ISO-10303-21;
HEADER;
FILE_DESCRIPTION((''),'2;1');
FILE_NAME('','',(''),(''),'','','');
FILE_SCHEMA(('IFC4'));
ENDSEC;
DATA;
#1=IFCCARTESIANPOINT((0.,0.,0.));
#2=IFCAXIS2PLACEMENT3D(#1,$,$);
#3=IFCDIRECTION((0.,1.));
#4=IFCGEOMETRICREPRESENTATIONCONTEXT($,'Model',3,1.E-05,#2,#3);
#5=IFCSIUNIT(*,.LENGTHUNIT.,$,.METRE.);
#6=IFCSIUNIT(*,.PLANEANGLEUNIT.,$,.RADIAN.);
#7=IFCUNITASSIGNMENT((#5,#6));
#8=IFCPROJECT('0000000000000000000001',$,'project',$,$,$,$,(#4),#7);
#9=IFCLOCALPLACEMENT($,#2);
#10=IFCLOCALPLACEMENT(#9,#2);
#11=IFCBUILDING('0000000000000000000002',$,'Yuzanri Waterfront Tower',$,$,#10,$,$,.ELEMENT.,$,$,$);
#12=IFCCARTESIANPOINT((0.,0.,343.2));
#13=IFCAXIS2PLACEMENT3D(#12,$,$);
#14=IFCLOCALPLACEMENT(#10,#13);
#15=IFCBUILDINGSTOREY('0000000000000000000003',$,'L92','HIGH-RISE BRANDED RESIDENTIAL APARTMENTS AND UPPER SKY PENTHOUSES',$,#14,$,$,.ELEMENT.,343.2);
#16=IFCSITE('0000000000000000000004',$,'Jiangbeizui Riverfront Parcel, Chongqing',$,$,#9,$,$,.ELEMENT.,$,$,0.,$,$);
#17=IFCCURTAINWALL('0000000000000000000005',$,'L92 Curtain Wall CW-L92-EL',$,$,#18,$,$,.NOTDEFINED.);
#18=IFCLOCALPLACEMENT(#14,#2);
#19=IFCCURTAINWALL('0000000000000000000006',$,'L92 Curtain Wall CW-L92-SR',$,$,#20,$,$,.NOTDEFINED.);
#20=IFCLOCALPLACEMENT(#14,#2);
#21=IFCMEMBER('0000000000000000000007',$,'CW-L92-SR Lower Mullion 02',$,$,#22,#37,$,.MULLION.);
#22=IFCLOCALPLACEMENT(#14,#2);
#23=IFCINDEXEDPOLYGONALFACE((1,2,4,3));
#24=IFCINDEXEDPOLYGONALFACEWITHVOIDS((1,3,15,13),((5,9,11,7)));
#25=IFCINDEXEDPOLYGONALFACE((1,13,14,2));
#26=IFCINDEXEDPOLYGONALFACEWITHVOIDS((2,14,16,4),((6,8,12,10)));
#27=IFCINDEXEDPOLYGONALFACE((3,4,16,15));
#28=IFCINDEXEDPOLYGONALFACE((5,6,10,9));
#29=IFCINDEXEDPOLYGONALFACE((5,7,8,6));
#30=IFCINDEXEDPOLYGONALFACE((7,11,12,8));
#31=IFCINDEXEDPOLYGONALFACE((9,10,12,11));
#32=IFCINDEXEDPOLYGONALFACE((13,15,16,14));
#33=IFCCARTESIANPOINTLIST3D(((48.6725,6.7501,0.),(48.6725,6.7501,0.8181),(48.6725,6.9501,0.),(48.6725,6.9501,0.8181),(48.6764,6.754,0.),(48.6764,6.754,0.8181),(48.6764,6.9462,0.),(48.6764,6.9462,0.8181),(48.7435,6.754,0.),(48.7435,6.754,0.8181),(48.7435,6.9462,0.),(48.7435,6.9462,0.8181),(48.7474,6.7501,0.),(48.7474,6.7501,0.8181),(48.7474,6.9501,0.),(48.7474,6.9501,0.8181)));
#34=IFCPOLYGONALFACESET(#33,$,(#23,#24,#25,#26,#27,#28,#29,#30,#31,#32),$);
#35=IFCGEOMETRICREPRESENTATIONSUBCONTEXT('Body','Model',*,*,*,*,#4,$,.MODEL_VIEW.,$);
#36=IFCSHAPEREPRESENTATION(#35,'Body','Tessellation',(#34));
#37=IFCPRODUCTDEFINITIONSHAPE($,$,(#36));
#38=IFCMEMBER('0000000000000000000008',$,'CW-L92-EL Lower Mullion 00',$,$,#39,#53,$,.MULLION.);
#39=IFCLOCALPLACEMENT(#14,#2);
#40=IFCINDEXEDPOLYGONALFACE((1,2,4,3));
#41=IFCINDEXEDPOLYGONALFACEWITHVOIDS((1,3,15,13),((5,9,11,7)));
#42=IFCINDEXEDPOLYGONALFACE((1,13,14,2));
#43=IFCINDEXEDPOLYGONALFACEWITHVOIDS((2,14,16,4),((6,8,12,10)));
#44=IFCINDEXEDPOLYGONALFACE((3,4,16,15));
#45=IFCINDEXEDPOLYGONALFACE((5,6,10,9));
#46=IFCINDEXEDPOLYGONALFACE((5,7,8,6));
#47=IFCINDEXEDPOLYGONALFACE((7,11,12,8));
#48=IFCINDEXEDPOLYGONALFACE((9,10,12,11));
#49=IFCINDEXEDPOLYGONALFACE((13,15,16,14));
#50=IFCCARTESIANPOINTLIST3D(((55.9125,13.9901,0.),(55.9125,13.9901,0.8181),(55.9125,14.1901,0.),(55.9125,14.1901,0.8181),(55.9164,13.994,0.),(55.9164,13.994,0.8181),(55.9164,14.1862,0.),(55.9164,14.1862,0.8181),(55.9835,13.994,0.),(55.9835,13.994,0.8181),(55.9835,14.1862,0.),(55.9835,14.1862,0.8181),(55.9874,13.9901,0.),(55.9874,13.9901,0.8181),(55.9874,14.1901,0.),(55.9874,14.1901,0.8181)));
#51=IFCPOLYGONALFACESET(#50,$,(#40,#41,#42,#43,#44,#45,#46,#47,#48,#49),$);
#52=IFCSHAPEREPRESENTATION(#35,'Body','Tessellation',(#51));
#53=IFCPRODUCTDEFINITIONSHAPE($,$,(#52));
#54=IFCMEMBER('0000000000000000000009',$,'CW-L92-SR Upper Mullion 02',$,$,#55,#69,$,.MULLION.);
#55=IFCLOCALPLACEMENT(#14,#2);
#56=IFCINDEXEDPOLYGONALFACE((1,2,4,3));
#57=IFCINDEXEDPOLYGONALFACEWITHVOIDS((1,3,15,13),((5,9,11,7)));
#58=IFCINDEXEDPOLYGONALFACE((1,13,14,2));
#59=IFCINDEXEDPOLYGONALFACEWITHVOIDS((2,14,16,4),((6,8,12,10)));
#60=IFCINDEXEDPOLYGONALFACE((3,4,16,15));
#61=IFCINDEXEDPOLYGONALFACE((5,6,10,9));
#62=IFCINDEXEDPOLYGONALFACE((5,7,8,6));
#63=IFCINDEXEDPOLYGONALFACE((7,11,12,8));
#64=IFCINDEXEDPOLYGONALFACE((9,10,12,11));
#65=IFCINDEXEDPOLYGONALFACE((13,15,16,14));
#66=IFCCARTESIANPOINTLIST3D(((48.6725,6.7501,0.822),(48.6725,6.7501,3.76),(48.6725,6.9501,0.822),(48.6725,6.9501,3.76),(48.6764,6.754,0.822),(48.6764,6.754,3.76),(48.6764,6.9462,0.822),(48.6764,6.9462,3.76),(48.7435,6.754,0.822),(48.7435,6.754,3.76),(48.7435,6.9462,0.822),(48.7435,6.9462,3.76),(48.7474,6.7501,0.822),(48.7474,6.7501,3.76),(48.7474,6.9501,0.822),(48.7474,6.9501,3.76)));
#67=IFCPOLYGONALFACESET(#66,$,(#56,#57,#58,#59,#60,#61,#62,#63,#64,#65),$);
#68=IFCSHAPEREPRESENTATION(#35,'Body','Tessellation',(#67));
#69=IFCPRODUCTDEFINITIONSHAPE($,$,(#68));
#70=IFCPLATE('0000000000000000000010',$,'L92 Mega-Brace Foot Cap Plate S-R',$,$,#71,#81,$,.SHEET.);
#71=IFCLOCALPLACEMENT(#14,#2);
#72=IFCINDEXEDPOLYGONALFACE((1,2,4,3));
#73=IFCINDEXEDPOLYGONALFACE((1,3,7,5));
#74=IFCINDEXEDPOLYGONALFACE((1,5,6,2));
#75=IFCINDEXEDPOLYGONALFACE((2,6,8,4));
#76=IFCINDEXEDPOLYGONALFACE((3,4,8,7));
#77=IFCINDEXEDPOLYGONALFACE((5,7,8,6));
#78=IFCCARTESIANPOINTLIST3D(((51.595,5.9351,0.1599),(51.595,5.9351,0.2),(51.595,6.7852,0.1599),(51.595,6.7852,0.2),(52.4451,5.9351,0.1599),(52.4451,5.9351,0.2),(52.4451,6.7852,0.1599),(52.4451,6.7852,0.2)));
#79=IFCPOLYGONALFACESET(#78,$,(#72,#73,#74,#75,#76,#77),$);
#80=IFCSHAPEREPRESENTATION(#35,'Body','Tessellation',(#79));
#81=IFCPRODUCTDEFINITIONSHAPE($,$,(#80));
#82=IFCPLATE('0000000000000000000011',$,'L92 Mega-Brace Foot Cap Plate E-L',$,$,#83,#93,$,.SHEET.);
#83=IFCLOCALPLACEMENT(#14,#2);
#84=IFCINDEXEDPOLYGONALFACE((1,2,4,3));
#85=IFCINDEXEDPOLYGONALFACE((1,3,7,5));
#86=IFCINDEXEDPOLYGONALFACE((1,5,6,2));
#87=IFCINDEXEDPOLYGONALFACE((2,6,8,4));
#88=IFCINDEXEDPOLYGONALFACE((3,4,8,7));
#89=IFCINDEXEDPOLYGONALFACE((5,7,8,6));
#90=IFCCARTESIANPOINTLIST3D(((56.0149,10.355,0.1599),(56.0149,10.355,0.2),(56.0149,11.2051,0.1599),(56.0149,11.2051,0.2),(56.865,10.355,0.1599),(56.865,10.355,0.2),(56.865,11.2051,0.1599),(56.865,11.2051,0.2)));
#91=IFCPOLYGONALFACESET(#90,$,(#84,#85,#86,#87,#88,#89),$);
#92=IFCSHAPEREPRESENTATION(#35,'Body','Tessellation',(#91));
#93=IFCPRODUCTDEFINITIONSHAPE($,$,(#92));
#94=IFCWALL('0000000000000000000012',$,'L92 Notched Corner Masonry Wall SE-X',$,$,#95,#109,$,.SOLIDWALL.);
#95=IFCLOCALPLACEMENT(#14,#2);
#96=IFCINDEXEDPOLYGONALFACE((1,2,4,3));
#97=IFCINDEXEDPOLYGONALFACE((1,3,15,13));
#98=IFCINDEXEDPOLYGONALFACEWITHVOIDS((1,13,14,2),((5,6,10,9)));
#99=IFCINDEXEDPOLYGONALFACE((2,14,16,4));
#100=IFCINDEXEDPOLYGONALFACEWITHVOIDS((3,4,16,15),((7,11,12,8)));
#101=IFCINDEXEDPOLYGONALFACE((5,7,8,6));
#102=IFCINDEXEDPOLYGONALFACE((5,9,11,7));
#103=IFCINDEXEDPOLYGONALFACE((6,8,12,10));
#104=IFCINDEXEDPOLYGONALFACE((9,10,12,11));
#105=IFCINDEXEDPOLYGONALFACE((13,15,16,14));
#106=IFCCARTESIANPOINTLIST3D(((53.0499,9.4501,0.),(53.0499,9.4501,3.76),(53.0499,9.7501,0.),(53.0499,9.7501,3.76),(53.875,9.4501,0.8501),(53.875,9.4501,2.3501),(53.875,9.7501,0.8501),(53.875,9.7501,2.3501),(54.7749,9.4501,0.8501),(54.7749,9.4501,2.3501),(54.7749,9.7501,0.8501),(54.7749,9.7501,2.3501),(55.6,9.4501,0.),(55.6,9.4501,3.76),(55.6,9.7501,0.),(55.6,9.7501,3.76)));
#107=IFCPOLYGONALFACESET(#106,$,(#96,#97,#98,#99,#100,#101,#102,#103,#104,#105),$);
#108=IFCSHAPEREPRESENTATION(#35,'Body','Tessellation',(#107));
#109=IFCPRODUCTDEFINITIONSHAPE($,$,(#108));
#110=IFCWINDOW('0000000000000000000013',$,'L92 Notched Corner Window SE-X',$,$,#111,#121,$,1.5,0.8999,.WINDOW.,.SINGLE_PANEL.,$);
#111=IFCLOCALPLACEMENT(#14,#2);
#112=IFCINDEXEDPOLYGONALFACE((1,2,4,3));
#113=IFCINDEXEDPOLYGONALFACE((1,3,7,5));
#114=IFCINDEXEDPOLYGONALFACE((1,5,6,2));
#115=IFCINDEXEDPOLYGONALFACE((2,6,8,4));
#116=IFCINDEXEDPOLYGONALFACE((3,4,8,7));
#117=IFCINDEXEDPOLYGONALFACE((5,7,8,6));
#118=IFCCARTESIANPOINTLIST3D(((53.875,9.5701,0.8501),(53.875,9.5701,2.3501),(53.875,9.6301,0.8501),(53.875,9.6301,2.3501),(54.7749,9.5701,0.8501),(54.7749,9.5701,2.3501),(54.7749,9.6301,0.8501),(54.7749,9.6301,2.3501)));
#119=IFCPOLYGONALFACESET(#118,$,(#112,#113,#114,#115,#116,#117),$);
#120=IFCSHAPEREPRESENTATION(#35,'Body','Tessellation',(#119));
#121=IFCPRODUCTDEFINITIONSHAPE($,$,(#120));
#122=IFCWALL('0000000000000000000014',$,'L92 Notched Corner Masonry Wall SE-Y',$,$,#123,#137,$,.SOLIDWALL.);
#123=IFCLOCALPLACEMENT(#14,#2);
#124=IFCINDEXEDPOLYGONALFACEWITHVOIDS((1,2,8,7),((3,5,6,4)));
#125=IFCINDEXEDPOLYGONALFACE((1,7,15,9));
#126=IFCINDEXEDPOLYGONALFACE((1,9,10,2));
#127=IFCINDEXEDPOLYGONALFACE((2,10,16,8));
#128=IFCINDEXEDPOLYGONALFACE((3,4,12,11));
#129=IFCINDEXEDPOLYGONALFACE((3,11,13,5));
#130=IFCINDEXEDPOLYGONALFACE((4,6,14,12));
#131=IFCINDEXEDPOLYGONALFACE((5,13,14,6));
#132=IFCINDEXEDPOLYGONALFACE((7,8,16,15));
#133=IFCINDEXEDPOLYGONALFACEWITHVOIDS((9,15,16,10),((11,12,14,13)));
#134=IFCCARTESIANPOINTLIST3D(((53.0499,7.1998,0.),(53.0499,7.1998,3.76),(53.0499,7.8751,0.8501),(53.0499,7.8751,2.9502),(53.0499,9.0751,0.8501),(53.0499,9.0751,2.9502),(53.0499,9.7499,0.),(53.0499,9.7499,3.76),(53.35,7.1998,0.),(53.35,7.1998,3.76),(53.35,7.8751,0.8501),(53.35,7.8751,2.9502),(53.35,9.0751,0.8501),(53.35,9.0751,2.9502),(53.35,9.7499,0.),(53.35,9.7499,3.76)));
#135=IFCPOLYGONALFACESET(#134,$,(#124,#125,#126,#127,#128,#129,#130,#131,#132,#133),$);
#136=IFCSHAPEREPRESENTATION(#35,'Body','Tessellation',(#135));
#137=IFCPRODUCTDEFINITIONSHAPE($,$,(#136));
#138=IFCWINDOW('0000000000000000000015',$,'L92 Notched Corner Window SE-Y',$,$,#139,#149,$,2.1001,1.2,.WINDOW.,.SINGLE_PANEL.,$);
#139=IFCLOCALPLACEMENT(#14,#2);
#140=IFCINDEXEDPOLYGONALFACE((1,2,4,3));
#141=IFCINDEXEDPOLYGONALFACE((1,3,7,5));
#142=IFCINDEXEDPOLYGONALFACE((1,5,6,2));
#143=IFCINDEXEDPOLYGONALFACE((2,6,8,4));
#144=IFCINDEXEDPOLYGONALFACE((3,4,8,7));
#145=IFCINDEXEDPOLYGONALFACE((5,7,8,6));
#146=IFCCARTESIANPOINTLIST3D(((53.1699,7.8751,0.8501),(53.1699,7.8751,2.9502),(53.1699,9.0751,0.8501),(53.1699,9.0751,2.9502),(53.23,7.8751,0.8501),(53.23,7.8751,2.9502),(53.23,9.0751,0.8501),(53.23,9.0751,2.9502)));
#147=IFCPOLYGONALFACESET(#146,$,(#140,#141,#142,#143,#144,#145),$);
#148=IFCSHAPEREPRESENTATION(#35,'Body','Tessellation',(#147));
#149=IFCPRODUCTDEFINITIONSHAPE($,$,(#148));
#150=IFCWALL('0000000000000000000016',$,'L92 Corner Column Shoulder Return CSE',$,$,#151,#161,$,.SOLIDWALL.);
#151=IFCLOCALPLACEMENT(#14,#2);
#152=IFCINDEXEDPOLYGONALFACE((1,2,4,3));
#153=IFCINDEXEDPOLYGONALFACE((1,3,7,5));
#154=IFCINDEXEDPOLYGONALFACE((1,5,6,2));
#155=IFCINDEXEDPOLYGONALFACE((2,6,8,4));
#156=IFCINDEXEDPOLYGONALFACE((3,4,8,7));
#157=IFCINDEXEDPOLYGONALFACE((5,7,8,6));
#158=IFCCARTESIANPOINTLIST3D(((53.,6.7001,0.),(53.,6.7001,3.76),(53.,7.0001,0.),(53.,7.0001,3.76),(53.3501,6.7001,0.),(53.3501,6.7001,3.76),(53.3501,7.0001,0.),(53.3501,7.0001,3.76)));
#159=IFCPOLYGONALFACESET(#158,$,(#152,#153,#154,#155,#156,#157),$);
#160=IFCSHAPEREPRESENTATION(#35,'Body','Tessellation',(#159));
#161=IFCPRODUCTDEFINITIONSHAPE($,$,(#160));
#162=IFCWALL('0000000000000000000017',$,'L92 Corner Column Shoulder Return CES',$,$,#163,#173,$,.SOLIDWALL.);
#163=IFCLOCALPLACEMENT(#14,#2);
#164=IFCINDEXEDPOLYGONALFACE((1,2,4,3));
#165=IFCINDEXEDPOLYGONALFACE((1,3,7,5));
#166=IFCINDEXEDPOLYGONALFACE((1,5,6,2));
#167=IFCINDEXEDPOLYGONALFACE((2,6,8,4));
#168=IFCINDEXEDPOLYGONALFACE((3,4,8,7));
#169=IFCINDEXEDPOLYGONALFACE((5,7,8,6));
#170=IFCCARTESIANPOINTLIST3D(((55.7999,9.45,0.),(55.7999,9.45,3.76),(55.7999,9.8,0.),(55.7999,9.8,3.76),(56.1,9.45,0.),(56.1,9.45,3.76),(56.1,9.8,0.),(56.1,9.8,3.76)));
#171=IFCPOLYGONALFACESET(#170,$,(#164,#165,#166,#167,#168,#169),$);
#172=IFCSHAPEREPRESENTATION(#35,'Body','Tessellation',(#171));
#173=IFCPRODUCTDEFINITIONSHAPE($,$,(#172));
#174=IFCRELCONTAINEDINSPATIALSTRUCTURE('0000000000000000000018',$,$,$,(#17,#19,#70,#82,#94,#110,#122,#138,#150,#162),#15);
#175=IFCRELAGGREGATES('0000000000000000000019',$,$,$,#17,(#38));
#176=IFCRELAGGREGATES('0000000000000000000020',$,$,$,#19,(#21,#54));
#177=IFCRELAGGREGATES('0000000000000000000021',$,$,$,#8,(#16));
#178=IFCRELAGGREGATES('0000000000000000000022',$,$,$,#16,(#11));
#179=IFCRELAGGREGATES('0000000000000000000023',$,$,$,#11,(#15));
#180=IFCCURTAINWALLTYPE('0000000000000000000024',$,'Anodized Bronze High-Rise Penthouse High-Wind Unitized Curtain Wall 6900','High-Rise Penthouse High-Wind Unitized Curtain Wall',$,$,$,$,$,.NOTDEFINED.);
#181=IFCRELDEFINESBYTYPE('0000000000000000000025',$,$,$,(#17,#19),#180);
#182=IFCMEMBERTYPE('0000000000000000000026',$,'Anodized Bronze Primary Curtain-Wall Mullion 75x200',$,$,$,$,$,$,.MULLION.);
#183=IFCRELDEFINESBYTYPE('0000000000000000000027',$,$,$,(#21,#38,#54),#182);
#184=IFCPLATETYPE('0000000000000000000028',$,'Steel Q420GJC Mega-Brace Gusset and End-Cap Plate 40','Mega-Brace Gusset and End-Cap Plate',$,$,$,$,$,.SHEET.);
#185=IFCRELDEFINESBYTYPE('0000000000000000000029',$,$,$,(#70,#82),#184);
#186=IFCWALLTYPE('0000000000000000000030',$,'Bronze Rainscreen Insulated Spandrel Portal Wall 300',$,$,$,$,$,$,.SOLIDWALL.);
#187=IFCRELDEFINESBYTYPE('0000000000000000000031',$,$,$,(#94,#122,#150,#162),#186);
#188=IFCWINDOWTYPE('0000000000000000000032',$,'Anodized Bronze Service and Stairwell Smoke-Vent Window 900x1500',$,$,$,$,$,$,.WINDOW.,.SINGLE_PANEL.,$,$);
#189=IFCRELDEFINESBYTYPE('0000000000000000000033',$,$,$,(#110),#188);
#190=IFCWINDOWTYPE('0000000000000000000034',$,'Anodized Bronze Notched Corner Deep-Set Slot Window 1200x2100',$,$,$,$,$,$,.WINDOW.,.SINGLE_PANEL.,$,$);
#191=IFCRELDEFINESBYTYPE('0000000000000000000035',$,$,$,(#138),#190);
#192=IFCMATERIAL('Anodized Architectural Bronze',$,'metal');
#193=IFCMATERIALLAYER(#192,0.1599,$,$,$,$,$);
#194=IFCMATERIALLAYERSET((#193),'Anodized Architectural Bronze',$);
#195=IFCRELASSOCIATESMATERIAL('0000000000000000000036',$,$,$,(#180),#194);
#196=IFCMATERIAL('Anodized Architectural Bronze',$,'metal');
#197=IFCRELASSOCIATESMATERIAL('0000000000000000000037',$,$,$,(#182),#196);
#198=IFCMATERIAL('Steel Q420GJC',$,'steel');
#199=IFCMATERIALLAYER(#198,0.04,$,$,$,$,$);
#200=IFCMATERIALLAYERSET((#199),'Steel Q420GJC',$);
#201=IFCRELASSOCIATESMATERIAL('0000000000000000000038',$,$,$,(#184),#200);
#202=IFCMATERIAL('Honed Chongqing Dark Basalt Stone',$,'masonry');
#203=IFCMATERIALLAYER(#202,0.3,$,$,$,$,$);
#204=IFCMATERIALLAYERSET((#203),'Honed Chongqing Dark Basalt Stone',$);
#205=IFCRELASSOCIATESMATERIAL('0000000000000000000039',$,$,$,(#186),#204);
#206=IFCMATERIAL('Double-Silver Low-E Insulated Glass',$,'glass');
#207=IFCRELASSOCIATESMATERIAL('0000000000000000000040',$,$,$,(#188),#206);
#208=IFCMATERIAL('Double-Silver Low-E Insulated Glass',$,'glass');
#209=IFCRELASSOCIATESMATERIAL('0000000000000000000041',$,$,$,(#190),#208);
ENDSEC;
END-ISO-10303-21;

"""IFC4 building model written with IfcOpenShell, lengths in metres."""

from ifc_helpers import new_model, si_unit, direction, frame, frame_2d, origin, origin_2d, place, context, subcontext, project, spatial, rectangle, hollow_rectangle, extrude, source, transform, mapped, material, layer, layer_set, material_profile, profile_set, type_object, element, fill, aggregate, save


model = new_model("IFC4")

# Units and contexts
model_context = context("Model", 3, precision=1e-05, world=origin(), true_north=direction((0.0, 1.0)))
body_context = subcontext(model_context, "Body", "Model", "MODEL_VIEW")
ifc_project = project(units=[si_unit("LENGTHUNIT", "METRE"), si_unit("PLANEANGLEUNIT", "RADIAN")], contexts=[model_context])

# Site, building, storey
site_placement = place(None, origin())
site = spatial("IfcSite", under=ifc_project, at=site_placement, Name="Jiangbeizui Riverfront Parcel, Chongqing", CompositionType="ELEMENT", RefElevation=0.0)
building_placement = place(site_placement, origin())
building = spatial("IfcBuilding", under=site, at=building_placement, Name="Yuzanri Waterfront Tower", CompositionType="ELEMENT")
storey_placement = place(building_placement, frame((0.0, 0.0, 343.2)))
storey = spatial("IfcBuildingStorey", under=building, at=storey_placement, Name="L92", Description="HIGH-RISE BRANDED RESIDENTIAL APARTMENTS AND UPPER SKY PENTHOUSES", CompositionType="ELEMENT", Elevation=343.2)

# Curtain wall
ifc_material_1 = material(Name="Anodized Architectural Bronze", Category="metal")
ifc_layer_1 = layer(ifc_material_1, 0.1599)
ifc_layer_set_1 = layer_set([ifc_layer_1], Name="Anodized Architectural Bronze")
curtain_wall_type = type_object("IfcCurtainWallType", Name="Anodized Bronze High-Rise Penthouse High-Wind Unitized Curtain Wall 6900", Description="High-Rise Penthouse High-Wind Unitized Curtain Wall", PredefinedType="NOTDEFINED", material=ifc_layer_set_1)
curtain_wall_1_placement = place(storey_placement, origin())
curtain_wall_1 = element("IfcCurtainWall", 1, at=curtain_wall_1_placement, inside=storey, type_object=curtain_wall_type, Name="L92 Curtain Wall CW-L92-EL", PredefinedType="NOTDEFINED")

# Curtain wall, member
curtain_wall_2_placement = place(storey_placement, origin())
curtain_wall_2 = element("IfcCurtainWall", 2, at=curtain_wall_2_placement, inside=storey, type_object=curtain_wall_type, Name="L92 Curtain Wall CW-L92-SR", PredefinedType="NOTDEFINED")
ifc_material_2 = material(Name="Anodized Architectural Bronze", Category="metal")
ifc_material_profile_1 = material_profile(ifc_material_2, hollow_rectangle(XDim=0.075, YDim=0.2, WallThickness=0.0039, at=origin_2d()), Name="CWM 75x200")
ifc_profile_set_1 = profile_set([ifc_material_profile_1], Name="Anodized Architectural Bronze")
member_type_1 = type_object("IfcMemberType", Name="Anodized Bronze Primary Curtain-Wall Mullion 75x200", PredefinedType="MULLION", material=ifc_profile_set_1)
shared_shape_1 = source(origin(), body_context, "Body", "SweptSolid", [
    extrude(hollow_rectangle(XDim=0.075, YDim=0.2, WallThickness=0.0039, at=origin_2d()), origin(), (0.0, 0.0, 1.0), 0.8181),
])
member_1_placement = place(storey_placement, frame((48.71, 6.8501, 0.0), z_axis=(0.0, 0.0, 1.0), x_axis=(1.0, 0.0, 0.0)))
member_1 = element("IfcMember", 3, at=member_1_placement, type_object=member_type_1, Name="CW-L92-SR Lower Mullion 02", PredefinedType="MULLION", context=body_context, shape_type="MappedRepresentation", body=[
    mapped(shared_shape_1, transform((0.0, 0.0, 0.0), scale=1.0)),
])

# Members
member_2_placement = place(storey_placement, frame((55.95, 14.0901, 0.0), z_axis=(0.0, 0.0, 1.0), x_axis=(1.0, 0.0, 0.0)))
member_2 = element("IfcMember", 4, at=member_2_placement, type_object=member_type_1, Name="CW-L92-EL Lower Mullion 00", PredefinedType="MULLION", context=body_context, shape_type="MappedRepresentation", body=[
    mapped(shared_shape_1, transform((0.0, 0.0, 0.0), scale=1.0)),
])
aggregate(curtain_wall_1, [member_2])
shared_shape_2 = source(origin(), body_context, "Body", "SweptSolid", [
    extrude(hollow_rectangle(XDim=0.075, YDim=0.2, WallThickness=0.0039, at=origin_2d()), origin(), (0.0, 0.0, 1.0), 2.938),
])
member_3_placement = place(storey_placement, frame((48.71, 6.8501, 0.822), z_axis=(0.0, 0.0, 1.0), x_axis=(1.0, 0.0, 0.0)))
member_3 = element("IfcMember", 5, at=member_3_placement, type_object=member_type_1, Name="CW-L92-SR Upper Mullion 02", PredefinedType="MULLION", context=body_context, shape_type="MappedRepresentation", body=[
    mapped(shared_shape_2, transform((0.0, 0.0, 0.0), scale=1.0)),
])
aggregate(curtain_wall_2, [member_1, member_3])

# Plates
ifc_material_3 = material(Name="Steel Q420GJC", Category="steel")
ifc_layer_2 = layer(ifc_material_3, 0.04)
ifc_layer_set_2 = layer_set([ifc_layer_2], Name="Steel Q420GJC")
plate_type = type_object("IfcPlateType", Name="Steel Q420GJC Mega-Brace Gusset and End-Cap Plate 40", Description="Mega-Brace Gusset and End-Cap Plate", PredefinedType="SHEET", material=ifc_layer_set_2)
shared_shape_3 = source(origin(), body_context, "Body", "SweptSolid", [
    extrude(rectangle(XDim=0.8501, YDim=0.8501, at=origin_2d()), origin(), (0.0, 0.0, 1.0), 0.04),
])
for number, where, z_axis, x_axis, name in (
    (6, (52.02, 6.3601, 0.1599), (0.0, 0.0, 1.0), (1.0, 0.0, 0.0), "L92 Mega-Brace Foot Cap Plate S-R"),
    (7, (56.4399, 10.78, 0.1599), (0.0, 0.0, 1.0), (1.0, 0.0, 0.0), "L92 Mega-Brace Foot Cap Plate E-L"),
):
    element("IfcPlate", number, at=place(storey_placement, frame(where, z_axis=z_axis, x_axis=x_axis)), inside=storey, type_object=plate_type, Name=name, PredefinedType="SHEET", context=body_context, shape_type="MappedRepresentation", body=[
        mapped(shared_shape_3, transform((0.0, 0.0, 0.0), scale=1.0)),
    ])

# Walls, openings, windows
ifc_material_4 = material(Name="Honed Chongqing Dark Basalt Stone", Category="masonry")
ifc_layer_3 = layer(ifc_material_4, 0.3)
ifc_layer_set_3 = layer_set([ifc_layer_3], Name="Honed Chongqing Dark Basalt Stone")
wall_type_1 = type_object("IfcWallType", Name="Bronze Rainscreen Insulated Spandrel Portal Wall 300", PredefinedType="SOLIDWALL", material=ifc_layer_set_3)
wall_1_placement = place(storey_placement, frame((53.05, 9.6001, 0.0), z_axis=(0.0, 0.0, 1.0), x_axis=(1.0, 0.0, 0.0)))
wall_1 = element("IfcWall", 8, at=wall_1_placement, inside=storey, type_object=wall_type_1, Name="L92 Notched Corner Masonry Wall SE-X", PredefinedType="SOLIDWALL", context=body_context, shape_type="SweptSolid", body=[
    extrude(rectangle(XDim=2.55, YDim=0.3, at=frame_2d((1.2749, 0.0))), origin(), (0.0, 0.0, 1.0), 3.76),
])
opening_1_placement = place(wall_1_placement, frame((0.825, 0.0, 0.8501)))
opening_1 = element("IfcOpeningElement", 9, at=opening_1_placement, cuts=wall_1, PredefinedType="OPENING", context=body_context, shape_type="SweptSolid", body=[
    extrude(rectangle(XDim=0.8999, YDim=1.5, at=frame_2d((0.45, 0.75))), frame((0.0, 0.165, 0.0), z_axis=(0.0, -1.0, 0.0), x_axis=(1.0, 0.0, 0.0)), (0.0, 0.0, 1.0), 0.3298),
])
ifc_material_5 = material(Name="Double-Silver Low-E Insulated Glass", Category="glass")
window_type_1 = type_object("IfcWindowType", Name="Anodized Bronze Service and Stairwell Smoke-Vent Window 900x1500", PartitioningType="SINGLE_PANEL", PredefinedType="WINDOW", material=ifc_material_5)
shared_shape_4 = source(origin(), body_context, "Body", "SweptSolid", [
    extrude(rectangle(XDim=0.8999, YDim=1.5, at=frame_2d((0.45, 0.75))), frame((0.0, 0.03, 0.0), z_axis=(0.0, -1.0, 0.0), x_axis=(1.0, 0.0, 0.0)), (0.0, 0.0, 1.0), 0.0601),
])
window_1_placement = place(opening_1_placement, origin())
window_1 = element("IfcWindow", 10, at=window_1_placement, inside=storey, type_object=window_type_1, Name="L92 Notched Corner Window SE-X", OverallHeight=1.5, OverallWidth=0.8999, PartitioningType="SINGLE_PANEL", PredefinedType="WINDOW", context=body_context, shape_type="MappedRepresentation", body=[
    mapped(shared_shape_4, transform((0.0, 0.0, 0.0), scale=1.0)),
])
fill(opening_1, window_1)
wall_2_placement = place(storey_placement, frame((53.2, 7.2, 0.0), z_axis=(0.0, 0.0, 1.0), x_axis=(0.0, 1.0, 0.0)))
wall_2 = element("IfcWall", 11, at=wall_2_placement, inside=storey, type_object=wall_type_1, Name="L92 Notched Corner Masonry Wall SE-Y", PredefinedType="SOLIDWALL", context=body_context, shape_type="SweptSolid", body=[
    extrude(rectangle(XDim=2.55, YDim=0.3, at=frame_2d((1.2749, 0.0))), origin(), (0.0, 0.0, 1.0), 3.76),
])
opening_2_placement = place(wall_2_placement, frame((0.675, 0.0, 0.8501)))
opening_2 = element("IfcOpeningElement", 12, at=opening_2_placement, cuts=wall_2, PredefinedType="OPENING", context=body_context, shape_type="SweptSolid", body=[
    extrude(rectangle(XDim=1.2, YDim=2.1001, at=frame_2d((0.6001, 1.05))), frame((0.0, 0.165, 0.0), z_axis=(0.0, -1.0, 0.0), x_axis=(1.0, 0.0, 0.0)), (0.0, 0.0, 1.0), 0.3298),
])
ifc_material_6 = material(Name="Double-Silver Low-E Insulated Glass", Category="glass")
window_type_2 = type_object("IfcWindowType", Name="Anodized Bronze Notched Corner Deep-Set Slot Window 1200x2100", PartitioningType="SINGLE_PANEL", PredefinedType="WINDOW", material=ifc_material_6)
shared_shape_5 = source(origin(), body_context, "Body", "SweptSolid", [
    extrude(rectangle(XDim=1.2, YDim=2.1001, at=frame_2d((0.6001, 1.05))), frame((0.0, 0.03, 0.0), z_axis=(0.0, -1.0, 0.0), x_axis=(1.0, 0.0, 0.0)), (0.0, 0.0, 1.0), 0.0601),
])
window_2_placement = place(opening_2_placement, origin())
window_2 = element("IfcWindow", 13, at=window_2_placement, inside=storey, type_object=window_type_2, Name="L92 Notched Corner Window SE-Y", OverallHeight=2.1001, OverallWidth=1.2, PartitioningType="SINGLE_PANEL", PredefinedType="WINDOW", context=body_context, shape_type="MappedRepresentation", body=[
    mapped(shared_shape_5, transform((0.0, 0.0, 0.0), scale=1.0)),
])
fill(opening_2, window_2)

# Walls
shared_shape_6 = source(origin(), body_context, "Body", "SweptSolid", [
    extrude(rectangle(XDim=0.3501, YDim=0.3, at=frame_2d((0.175, 0.0))), origin(), (0.0, 0.0, 1.0), 3.76),
])
for number, where, z_axis, x_axis, name in (
    (14, (53.0, 6.8501, 0.0), (0.0, 0.0, 1.0), (1.0, 0.0, 0.0), "L92 Corner Column Shoulder Return CSE"),
    (15, (55.95, 9.45, 0.0), (0.0, 0.0, 1.0), (0.0, 1.0, 0.0), "L92 Corner Column Shoulder Return CES"),
):
    element("IfcWall", number, at=place(storey_placement, frame(where, z_axis=z_axis, x_axis=x_axis)), inside=storey, type_object=wall_type_1, Name=name, PredefinedType="SOLIDWALL", context=body_context, shape_type="MappedRepresentation", body=[
        mapped(shared_shape_6, transform((0.0, 0.0, 0.0), scale=1.0)),
    ])

save(model, "model.ifc")
